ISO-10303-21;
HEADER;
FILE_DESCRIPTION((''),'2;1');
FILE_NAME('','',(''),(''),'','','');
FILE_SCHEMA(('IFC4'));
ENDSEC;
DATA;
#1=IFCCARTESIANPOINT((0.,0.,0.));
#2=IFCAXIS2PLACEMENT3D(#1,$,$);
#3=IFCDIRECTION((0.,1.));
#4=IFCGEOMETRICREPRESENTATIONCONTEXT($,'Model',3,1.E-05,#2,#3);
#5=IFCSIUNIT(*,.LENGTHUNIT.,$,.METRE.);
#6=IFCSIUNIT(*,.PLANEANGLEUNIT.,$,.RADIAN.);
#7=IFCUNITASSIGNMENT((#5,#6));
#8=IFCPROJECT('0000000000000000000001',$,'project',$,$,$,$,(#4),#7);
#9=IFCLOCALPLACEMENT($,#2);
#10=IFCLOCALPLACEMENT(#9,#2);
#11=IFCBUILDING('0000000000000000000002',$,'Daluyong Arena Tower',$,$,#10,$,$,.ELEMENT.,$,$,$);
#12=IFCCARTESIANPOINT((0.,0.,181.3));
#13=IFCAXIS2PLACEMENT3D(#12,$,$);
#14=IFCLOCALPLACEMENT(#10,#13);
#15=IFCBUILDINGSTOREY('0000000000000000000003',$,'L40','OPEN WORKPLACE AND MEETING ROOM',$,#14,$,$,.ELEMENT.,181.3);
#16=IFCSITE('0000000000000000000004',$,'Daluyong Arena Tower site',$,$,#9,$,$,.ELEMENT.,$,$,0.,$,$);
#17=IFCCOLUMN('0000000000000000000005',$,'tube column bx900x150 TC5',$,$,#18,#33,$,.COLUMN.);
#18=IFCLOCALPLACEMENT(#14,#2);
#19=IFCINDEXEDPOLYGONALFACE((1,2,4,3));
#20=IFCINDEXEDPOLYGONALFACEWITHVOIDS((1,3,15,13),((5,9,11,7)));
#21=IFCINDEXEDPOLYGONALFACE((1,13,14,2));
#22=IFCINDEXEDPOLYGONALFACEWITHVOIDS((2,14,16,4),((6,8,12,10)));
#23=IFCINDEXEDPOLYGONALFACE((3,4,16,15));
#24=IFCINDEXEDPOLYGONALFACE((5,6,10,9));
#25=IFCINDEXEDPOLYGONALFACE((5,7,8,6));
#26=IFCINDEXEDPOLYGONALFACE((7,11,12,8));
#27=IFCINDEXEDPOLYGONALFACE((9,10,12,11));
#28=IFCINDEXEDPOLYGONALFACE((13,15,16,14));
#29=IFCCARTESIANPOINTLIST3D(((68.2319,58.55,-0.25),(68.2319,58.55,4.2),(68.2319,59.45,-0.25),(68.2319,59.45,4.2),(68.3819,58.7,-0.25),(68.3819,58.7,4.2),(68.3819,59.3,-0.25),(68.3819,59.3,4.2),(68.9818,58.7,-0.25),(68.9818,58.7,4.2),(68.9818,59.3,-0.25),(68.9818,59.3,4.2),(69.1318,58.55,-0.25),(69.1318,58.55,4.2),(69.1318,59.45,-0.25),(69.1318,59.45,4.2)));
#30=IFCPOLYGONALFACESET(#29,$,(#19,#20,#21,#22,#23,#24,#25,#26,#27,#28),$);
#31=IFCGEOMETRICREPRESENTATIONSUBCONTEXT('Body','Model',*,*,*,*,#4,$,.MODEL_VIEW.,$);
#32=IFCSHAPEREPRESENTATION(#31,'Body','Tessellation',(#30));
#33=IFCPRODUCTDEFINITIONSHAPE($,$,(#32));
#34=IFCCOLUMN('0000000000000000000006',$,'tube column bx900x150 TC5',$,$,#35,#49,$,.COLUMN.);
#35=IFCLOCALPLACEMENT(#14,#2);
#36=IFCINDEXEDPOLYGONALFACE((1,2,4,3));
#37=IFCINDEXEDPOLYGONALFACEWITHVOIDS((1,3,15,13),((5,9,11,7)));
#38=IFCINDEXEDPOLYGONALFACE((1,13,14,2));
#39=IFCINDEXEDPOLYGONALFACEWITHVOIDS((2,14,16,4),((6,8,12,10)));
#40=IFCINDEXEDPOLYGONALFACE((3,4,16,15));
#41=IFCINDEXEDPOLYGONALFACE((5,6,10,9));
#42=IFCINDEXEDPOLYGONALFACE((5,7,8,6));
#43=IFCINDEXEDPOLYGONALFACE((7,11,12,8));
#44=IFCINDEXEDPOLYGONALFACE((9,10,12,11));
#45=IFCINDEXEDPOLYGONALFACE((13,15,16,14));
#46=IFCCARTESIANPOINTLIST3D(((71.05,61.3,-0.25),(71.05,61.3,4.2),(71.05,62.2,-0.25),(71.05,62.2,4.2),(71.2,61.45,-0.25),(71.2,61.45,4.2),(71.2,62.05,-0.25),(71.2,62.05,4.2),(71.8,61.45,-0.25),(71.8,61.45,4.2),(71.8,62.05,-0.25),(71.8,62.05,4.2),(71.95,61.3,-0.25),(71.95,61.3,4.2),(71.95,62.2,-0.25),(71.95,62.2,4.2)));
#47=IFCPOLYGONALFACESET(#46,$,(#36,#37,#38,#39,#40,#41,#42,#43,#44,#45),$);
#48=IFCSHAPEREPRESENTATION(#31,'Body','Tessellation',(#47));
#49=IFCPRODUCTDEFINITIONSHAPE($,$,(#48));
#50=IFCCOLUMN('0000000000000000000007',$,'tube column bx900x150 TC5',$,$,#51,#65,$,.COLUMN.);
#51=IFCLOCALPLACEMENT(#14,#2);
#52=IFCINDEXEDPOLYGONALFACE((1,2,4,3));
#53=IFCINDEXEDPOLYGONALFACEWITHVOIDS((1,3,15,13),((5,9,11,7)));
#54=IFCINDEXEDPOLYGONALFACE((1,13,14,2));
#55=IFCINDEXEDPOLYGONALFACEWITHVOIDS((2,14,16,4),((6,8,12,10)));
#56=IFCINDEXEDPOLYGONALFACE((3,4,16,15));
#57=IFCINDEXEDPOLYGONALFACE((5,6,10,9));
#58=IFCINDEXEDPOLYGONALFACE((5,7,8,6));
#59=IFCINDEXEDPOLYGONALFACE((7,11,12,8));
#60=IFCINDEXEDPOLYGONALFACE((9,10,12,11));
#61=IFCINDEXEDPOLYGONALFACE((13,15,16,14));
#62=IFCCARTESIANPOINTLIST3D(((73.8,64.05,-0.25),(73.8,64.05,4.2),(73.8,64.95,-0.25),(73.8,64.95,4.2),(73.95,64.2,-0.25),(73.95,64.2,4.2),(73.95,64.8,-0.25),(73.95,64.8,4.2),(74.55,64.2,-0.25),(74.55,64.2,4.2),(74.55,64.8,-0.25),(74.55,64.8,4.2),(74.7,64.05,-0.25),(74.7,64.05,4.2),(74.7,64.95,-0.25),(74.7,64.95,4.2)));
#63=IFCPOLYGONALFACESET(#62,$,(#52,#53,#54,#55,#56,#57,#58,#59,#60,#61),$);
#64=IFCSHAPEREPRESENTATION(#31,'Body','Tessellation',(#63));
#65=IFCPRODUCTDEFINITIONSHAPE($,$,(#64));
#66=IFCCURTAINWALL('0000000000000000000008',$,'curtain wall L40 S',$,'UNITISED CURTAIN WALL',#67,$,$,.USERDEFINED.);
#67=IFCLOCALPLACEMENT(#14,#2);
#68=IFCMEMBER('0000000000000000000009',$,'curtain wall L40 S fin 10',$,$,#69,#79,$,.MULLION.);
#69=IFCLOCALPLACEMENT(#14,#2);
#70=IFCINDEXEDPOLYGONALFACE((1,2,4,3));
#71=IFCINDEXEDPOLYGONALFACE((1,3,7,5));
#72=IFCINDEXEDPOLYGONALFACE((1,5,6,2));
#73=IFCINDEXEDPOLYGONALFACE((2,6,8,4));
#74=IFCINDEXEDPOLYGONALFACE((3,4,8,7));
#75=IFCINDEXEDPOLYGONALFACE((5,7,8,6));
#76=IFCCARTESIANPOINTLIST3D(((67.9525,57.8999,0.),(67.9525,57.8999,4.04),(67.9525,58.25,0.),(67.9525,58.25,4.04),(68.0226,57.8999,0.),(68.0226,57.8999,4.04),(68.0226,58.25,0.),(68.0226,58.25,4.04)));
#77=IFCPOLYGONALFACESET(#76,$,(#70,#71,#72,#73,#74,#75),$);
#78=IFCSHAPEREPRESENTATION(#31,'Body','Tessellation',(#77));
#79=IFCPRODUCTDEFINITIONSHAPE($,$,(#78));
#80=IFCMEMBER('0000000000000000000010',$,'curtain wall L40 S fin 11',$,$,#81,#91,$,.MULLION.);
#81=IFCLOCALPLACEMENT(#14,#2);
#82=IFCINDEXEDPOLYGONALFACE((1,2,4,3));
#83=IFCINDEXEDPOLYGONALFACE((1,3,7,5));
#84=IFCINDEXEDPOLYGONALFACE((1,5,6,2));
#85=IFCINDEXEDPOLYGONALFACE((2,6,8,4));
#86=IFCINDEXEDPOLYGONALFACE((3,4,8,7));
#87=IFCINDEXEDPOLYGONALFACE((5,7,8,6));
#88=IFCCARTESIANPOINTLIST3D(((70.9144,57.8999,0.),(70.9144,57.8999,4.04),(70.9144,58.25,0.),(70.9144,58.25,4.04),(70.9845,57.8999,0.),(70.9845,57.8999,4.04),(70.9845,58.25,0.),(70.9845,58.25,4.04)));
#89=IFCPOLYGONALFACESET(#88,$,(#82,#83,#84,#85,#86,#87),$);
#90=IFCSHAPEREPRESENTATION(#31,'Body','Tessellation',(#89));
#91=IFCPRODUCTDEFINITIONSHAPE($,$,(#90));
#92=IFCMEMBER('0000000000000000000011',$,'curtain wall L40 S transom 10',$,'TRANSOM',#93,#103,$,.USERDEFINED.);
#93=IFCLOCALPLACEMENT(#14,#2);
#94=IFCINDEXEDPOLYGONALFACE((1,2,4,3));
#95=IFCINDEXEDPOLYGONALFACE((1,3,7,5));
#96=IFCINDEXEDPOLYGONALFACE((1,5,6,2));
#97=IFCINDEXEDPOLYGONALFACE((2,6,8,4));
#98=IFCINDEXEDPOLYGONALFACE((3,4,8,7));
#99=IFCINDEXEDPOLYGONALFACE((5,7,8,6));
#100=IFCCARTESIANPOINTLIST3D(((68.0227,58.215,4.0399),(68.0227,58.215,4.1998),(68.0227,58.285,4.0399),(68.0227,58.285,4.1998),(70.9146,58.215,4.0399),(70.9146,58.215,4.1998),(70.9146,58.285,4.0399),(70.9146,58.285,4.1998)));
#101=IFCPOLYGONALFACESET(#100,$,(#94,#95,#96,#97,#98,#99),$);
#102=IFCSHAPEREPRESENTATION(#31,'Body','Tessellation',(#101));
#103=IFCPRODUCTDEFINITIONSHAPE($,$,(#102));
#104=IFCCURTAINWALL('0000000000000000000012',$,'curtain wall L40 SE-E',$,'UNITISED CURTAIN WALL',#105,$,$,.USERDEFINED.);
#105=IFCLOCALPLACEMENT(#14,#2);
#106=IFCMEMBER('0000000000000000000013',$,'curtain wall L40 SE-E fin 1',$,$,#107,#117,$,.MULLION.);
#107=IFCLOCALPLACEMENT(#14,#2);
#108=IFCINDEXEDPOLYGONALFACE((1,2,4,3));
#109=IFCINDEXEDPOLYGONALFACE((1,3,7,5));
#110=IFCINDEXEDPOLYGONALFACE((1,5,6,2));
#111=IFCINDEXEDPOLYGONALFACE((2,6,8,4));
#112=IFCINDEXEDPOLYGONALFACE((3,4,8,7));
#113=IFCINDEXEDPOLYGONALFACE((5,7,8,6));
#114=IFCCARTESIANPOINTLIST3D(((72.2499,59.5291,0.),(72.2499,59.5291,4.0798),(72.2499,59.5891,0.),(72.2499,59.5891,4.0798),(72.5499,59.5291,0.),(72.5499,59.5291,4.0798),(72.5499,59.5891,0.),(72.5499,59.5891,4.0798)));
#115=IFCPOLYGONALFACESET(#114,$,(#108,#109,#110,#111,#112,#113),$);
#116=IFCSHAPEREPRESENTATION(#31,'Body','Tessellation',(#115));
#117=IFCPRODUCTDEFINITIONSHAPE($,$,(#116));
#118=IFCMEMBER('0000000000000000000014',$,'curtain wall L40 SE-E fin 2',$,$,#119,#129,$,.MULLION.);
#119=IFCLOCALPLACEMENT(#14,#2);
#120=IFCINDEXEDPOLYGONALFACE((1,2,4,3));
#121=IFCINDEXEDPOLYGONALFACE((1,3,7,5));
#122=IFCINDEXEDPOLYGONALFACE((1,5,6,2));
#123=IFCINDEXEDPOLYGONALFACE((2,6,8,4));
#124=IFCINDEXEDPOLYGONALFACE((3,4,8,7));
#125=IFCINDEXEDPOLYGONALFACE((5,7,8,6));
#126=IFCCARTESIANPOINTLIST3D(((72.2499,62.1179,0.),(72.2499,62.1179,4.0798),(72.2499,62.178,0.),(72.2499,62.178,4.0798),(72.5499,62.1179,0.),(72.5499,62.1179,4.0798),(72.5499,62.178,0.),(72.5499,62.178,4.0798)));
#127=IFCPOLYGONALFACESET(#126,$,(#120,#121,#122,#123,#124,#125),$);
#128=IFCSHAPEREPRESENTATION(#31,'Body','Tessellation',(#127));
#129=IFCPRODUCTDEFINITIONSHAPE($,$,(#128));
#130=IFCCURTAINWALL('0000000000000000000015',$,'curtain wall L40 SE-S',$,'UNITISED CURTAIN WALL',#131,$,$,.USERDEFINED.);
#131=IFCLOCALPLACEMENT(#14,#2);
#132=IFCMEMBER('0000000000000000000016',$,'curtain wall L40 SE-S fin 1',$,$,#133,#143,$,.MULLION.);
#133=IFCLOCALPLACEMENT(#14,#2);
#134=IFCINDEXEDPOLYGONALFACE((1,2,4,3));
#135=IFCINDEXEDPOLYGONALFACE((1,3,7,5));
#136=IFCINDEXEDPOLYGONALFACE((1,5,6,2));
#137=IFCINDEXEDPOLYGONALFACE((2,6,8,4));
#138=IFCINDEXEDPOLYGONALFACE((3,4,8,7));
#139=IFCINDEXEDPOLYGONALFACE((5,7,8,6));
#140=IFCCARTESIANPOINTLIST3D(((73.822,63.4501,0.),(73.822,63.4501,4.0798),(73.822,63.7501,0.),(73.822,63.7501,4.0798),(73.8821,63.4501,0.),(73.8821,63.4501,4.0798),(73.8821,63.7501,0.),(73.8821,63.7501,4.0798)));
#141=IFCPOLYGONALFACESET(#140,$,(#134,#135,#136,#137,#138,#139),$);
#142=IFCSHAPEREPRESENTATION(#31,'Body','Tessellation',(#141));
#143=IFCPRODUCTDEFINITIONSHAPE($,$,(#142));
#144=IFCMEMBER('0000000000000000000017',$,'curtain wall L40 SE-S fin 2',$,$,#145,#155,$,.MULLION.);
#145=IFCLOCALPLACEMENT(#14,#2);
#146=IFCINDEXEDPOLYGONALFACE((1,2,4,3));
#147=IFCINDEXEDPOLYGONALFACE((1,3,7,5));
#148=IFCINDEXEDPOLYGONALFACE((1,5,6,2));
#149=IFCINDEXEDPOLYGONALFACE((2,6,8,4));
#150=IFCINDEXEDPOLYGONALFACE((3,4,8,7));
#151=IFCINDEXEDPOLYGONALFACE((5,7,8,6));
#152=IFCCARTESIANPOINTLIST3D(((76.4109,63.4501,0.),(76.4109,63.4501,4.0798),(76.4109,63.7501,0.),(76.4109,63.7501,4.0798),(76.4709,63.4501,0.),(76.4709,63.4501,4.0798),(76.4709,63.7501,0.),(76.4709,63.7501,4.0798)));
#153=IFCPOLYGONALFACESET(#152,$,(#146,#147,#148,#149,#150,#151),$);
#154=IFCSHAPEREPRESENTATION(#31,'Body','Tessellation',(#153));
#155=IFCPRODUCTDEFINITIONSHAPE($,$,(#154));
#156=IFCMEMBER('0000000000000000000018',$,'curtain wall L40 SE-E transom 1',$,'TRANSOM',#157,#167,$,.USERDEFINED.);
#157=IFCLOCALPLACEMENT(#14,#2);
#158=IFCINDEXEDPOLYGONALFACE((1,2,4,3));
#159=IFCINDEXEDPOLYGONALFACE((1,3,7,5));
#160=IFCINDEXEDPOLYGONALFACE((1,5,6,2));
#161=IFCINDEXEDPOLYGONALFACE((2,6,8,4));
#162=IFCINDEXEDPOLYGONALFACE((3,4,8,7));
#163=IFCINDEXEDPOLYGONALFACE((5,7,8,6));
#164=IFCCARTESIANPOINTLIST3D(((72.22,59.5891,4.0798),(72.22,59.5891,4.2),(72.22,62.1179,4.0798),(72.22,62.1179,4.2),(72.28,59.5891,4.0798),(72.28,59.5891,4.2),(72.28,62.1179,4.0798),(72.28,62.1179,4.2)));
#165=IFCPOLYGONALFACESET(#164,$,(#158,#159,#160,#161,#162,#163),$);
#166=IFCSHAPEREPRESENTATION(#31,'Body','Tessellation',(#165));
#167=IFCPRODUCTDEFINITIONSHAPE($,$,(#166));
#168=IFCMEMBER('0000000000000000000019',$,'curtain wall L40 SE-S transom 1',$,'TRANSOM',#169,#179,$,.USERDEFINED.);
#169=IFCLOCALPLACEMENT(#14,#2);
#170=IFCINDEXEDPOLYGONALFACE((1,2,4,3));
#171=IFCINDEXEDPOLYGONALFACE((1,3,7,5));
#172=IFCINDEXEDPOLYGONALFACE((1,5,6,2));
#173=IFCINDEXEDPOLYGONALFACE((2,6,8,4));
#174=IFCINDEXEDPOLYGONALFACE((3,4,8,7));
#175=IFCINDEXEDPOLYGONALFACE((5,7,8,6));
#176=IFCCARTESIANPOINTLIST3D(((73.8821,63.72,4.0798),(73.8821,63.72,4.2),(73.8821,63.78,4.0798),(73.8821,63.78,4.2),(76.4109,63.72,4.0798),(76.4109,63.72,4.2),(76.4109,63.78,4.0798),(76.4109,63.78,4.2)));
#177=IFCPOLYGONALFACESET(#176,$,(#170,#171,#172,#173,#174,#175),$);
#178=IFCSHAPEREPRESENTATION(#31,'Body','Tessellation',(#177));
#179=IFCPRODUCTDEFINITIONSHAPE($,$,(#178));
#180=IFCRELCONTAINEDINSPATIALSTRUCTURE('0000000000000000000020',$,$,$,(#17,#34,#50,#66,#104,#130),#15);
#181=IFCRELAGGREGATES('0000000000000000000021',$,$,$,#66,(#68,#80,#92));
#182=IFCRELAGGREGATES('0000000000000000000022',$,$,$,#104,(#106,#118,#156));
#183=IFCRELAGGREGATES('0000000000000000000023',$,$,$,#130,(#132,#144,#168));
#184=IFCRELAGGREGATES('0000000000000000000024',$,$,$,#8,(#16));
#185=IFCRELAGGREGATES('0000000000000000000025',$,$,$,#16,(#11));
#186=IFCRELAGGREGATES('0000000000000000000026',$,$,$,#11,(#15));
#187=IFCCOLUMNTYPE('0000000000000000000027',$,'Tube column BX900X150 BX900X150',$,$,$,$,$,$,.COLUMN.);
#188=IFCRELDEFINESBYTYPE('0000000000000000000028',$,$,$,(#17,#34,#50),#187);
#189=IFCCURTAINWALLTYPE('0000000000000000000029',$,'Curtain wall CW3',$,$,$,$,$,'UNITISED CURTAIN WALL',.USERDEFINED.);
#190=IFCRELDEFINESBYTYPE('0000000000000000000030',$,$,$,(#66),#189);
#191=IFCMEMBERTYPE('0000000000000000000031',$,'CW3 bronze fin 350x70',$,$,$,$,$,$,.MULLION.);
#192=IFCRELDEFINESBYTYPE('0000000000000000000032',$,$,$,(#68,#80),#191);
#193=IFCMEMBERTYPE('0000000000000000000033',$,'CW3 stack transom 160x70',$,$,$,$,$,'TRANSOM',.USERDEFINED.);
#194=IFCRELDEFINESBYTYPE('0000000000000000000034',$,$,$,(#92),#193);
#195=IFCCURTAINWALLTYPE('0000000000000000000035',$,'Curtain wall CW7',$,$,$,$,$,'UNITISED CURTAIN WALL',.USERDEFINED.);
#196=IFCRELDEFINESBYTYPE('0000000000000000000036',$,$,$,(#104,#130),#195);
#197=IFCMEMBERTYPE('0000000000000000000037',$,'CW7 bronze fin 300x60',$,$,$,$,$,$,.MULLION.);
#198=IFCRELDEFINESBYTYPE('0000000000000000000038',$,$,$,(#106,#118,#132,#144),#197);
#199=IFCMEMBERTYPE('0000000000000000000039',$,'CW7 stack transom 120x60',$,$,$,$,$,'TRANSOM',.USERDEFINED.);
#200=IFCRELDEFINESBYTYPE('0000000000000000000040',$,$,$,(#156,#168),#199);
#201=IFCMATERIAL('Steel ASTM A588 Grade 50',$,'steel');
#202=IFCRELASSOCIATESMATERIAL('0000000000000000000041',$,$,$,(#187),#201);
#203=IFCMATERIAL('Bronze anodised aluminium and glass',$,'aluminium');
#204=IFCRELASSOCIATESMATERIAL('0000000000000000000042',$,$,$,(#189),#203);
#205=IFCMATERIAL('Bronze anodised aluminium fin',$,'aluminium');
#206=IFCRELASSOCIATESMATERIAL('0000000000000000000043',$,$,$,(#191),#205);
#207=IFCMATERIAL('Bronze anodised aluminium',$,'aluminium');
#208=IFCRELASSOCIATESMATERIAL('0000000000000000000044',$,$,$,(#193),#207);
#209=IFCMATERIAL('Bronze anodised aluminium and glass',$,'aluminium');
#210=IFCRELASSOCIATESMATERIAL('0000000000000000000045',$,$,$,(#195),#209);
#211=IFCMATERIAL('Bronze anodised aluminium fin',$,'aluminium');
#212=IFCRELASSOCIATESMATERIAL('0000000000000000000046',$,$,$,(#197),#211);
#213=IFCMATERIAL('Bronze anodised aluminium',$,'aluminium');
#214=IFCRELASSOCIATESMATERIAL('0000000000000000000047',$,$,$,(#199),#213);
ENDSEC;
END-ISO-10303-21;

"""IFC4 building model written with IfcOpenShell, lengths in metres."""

from ifc_helpers import new_model, si_unit, direction, frame, origin, origin_2d, place, context, subcontext, project, spatial, rectangle, hollow_rectangle, extrude, material, material_profile, profile_set, type_object, element, aggregate, save


model = new_model("IFC4")

# Units and contexts
model_context = context("Model", 3, precision=1e-05, world=origin(), true_north=direction((0.0, 1.0)))
body_context = subcontext(model_context, "Body", "Model", "MODEL_VIEW")
ifc_project = project(units=[si_unit("LENGTHUNIT", "METRE"), si_unit("PLANEANGLEUNIT", "RADIAN")], contexts=[model_context])

# Site, building, storey
site_placement = place(None, origin())
site = spatial("IfcSite", under=ifc_project, at=site_placement, Name="Daluyong Arena Tower site", CompositionType="ELEMENT", RefElevation=0.0)
building_placement = place(site_placement, origin())
building = spatial("IfcBuilding", under=site, at=building_placement, Name="Daluyong Arena Tower", CompositionType="ELEMENT")
storey_placement = place(building_placement, frame((0.0, 0.0, 181.3)))
storey = spatial("IfcBuildingStorey", under=building, at=storey_placement, Name="L40", Description="OPEN WORKPLACE AND MEETING ROOM", CompositionType="ELEMENT", Elevation=181.3)

# Columns
ifc_material_1 = material(Name="Steel ASTM A588 Grade 50", Category="steel")
ifc_material_profile_1 = material_profile(ifc_material_1, hollow_rectangle(XDim=0.8999, YDim=0.8999, WallThickness=0.15, at=origin_2d()))
ifc_profile_set_1 = profile_set([ifc_material_profile_1], Name="Steel ASTM A588 Grade 50")
column_type_1 = type_object("IfcColumnType", Name="Tube column BX900X150 BX900X150", PredefinedType="COLUMN", material=ifc_profile_set_1)
for number, where, z_axis, x_axis, name in (
    (1, (68.6819, 59.0, -0.25), (0.0, 0.0, 1.0), (1.0, 0.0, 0.0), "tube column bx900x150 TC5"),
    (2, (71.5, 61.75, -0.25), (0.0, 0.0, 1.0), (0.0, 1.0, 0.0), "tube column bx900x150 TC5"),
    (3, (74.25, 64.5, -0.25), (0.0, 0.0, 1.0), (1.0, 0.0, 0.0), "tube column bx900x150 TC5"),
):
    element("IfcColumn", number, at=place(storey_placement, frame(where, z_axis=z_axis, x_axis=x_axis)), inside=storey, type_object=column_type_1, Name=name, PredefinedType="COLUMN", context=body_context, shape_type="SweptSolid", body=[
        extrude(hollow_rectangle(XDim=0.8999, YDim=0.8999, WallThickness=0.15, at=origin_2d()), origin(), (0.0, 0.0, 1.0), 4.45),
    ])

# Curtain walls, members
ifc_material_2 = material(Name="Bronze anodised aluminium and glass", Category="aluminium")
curtain_wall_type_1 = type_object("IfcCurtainWallType", Name="Curtain wall CW3", ElementType="UNITISED CURTAIN WALL", PredefinedType="USERDEFINED", material=ifc_material_2)
curtain_wall_1_placement = place(storey_placement, origin())
curtain_wall_1 = element("IfcCurtainWall", 4, at=curtain_wall_1_placement, inside=storey, type_object=curtain_wall_type_1, Name="curtain wall L40 S", ObjectType="UNITISED CURTAIN WALL", PredefinedType="USERDEFINED")
ifc_material_3 = material(Name="Bronze anodised aluminium fin", Category="aluminium")
ifc_material_profile_2 = material_profile(ifc_material_3, rectangle(XDim=0.3501, YDim=0.0701, at=origin_2d()))
ifc_profile_set_2 = profile_set([ifc_material_profile_2], Name="Bronze anodised aluminium fin")
member_type_1 = type_object("IfcMemberType", Name="CW3 bronze fin 350x70", PredefinedType="MULLION", material=ifc_profile_set_2)
member_1_placement = place(storey_placement, frame((67.9875, 58.075, 0.0), z_axis=(0.0, 0.0, 1.0), x_axis=(0.0, 1.0, 0.0)))
member_1 = element("IfcMember", 5, at=member_1_placement, type_object=member_type_1, Name="curtain wall L40 S fin 10", PredefinedType="MULLION", context=body_context, shape_type="SweptSolid", body=[
    extrude(rectangle(XDim=0.3501, YDim=0.0701, at=origin_2d()), origin(), (0.0, 0.0, 1.0), 4.04),
])
member_2_placement = place(storey_placement, frame((70.9495, 58.075, 0.0), z_axis=(0.0, 0.0, 1.0), x_axis=(0.0, 1.0, 0.0)))
member_2 = element("IfcMember", 6, at=member_2_placement, type_object=member_type_1, Name="curtain wall L40 S fin 11", PredefinedType="MULLION", context=body_context, shape_type="SweptSolid", body=[
    extrude(rectangle(XDim=0.3501, YDim=0.0701, at=origin_2d()), origin(), (0.0, 0.0, 1.0), 4.04),
])
ifc_material_4 = material(Name="Bronze anodised aluminium", Category="aluminium")
ifc_material_profile_3 = material_profile(ifc_material_4, rectangle(XDim=0.0701, YDim=0.1599, at=origin_2d()))
ifc_profile_set_3 = profile_set([ifc_material_profile_3], Name="Bronze anodised aluminium")
member_type_2 = type_object("IfcMemberType", Name="CW3 stack transom 160x70", ElementType="TRANSOM", PredefinedType="USERDEFINED", material=ifc_profile_set_3)
member_3_placement = place(storey_placement, frame((68.0227, 58.25, 4.1199), z_axis=(1.0, 0.0, 0.0), x_axis=(0.0, 1.0, 0.0)))
member_3 = element("IfcMember", 7, at=member_3_placement, type_object=member_type_2, Name="curtain wall L40 S transom 10", ObjectType="TRANSOM", PredefinedType="USERDEFINED", context=body_context, shape_type="SweptSolid", body=[
    extrude(rectangle(XDim=0.0701, YDim=0.1599, at=origin_2d()), origin(), (0.0, 0.0, 1.0), 2.8918),
])
ifc_material_5 = material(Name="Bronze anodised aluminium and glass", Category="aluminium")
curtain_wall_type_2 = type_object("IfcCurtainWallType", Name="Curtain wall CW7", ElementType="UNITISED CURTAIN WALL", PredefinedType="USERDEFINED", material=ifc_material_5)
curtain_wall_2_placement = place(storey_placement, origin())
curtain_wall_2 = element("IfcCurtainWall", 8, at=curtain_wall_2_placement, inside=storey, type_object=curtain_wall_type_2, Name="curtain wall L40 SE-E", ObjectType="UNITISED CURTAIN WALL", PredefinedType="USERDEFINED")
ifc_material_6 = material(Name="Bronze anodised aluminium fin", Category="aluminium")
ifc_material_profile_4 = material_profile(ifc_material_6, rectangle(XDim=0.3, YDim=0.0601, at=origin_2d()))
ifc_profile_set_4 = profile_set([ifc_material_profile_4], Name="Bronze anodised aluminium fin")
member_type_3 = type_object("IfcMemberType", Name="CW7 bronze fin 300x60", PredefinedType="MULLION", material=ifc_profile_set_4)
member_4_placement = place(storey_placement, frame((72.3999, 59.5591, 0.0), z_axis=(0.0, 0.0, 1.0), x_axis=(-1.0, 0.0, 0.0)))
member_4 = element("IfcMember", 9, at=member_4_placement, type_object=member_type_3, Name="curtain wall L40 SE-E fin 1", PredefinedType="MULLION", context=body_context, shape_type="SweptSolid", body=[
    extrude(rectangle(XDim=0.3, YDim=0.0601, at=origin_2d()), origin(), (0.0, 0.0, 1.0), 4.0798),
])
member_5_placement = place(storey_placement, frame((72.3999, 62.1479, 0.0), z_axis=(0.0, 0.0, 1.0), x_axis=(-1.0, 0.0, 0.0)))
member_5 = element("IfcMember", 10, at=member_5_placement, type_object=member_type_3, Name="curtain wall L40 SE-E fin 2", PredefinedType="MULLION", context=body_context, shape_type="SweptSolid", body=[
    extrude(rectangle(XDim=0.3, YDim=0.0601, at=origin_2d()), origin(), (0.0, 0.0, 1.0), 4.0798),
])
curtain_wall_3_placement = place(storey_placement, origin())
curtain_wall_3 = element("IfcCurtainWall", 11, at=curtain_wall_3_placement, inside=storey, type_object=curtain_wall_type_2, Name="curtain wall L40 SE-S", ObjectType="UNITISED CURTAIN WALL", PredefinedType="USERDEFINED")
member_6_placement = place(storey_placement, frame((73.8521, 63.6001, 0.0), z_axis=(0.0, 0.0, 1.0), x_axis=(0.0, 1.0, 0.0)))
member_6 = element("IfcMember", 12, at=member_6_placement, type_object=member_type_3, Name="curtain wall L40 SE-S fin 1", PredefinedType="MULLION", context=body_context, shape_type="SweptSolid", body=[
    extrude(rectangle(XDim=0.3, YDim=0.0601, at=origin_2d()), origin(), (0.0, 0.0, 1.0), 4.0798),
])
member_7_placement = place(storey_placement, frame((76.4409, 63.6001, 0.0), z_axis=(0.0, 0.0, 1.0), x_axis=(0.0, 1.0, 0.0)))
member_7 = element("IfcMember", 13, at=member_7_placement, type_object=member_type_3, Name="curtain wall L40 SE-S fin 2", PredefinedType="MULLION", context=body_context, shape_type="SweptSolid", body=[
    extrude(rectangle(XDim=0.3, YDim=0.0601, at=origin_2d()), origin(), (0.0, 0.0, 1.0), 4.0798),
])

# Members
ifc_material_7 = material(Name="Bronze anodised aluminium", Category="aluminium")
ifc_material_profile_5 = material_profile(ifc_material_7, rectangle(XDim=0.0601, YDim=0.1201, at=origin_2d()))
ifc_profile_set_5 = profile_set([ifc_material_profile_5], Name="Bronze anodised aluminium")
member_type_4 = type_object("IfcMemberType", Name="CW7 stack transom 120x60", ElementType="TRANSOM", PredefinedType="USERDEFINED", material=ifc_profile_set_5)
member_8_placement = place(storey_placement, frame((72.25, 59.5891, 4.1399), z_axis=(0.0, 1.0, 0.0), x_axis=(-1.0, 0.0, 0.0)))
member_8 = element("IfcMember", 14, at=member_8_placement, type_object=member_type_4, Name="curtain wall L40 SE-E transom 1", ObjectType="TRANSOM", PredefinedType="USERDEFINED", context=body_context, shape_type="SweptSolid", body=[
    extrude(rectangle(XDim=0.0601, YDim=0.1201, at=origin_2d()), origin(), (0.0, 0.0, 1.0), 2.5288),
])
member_9_placement = place(storey_placement, frame((73.8821, 63.75, 4.1399), z_axis=(1.0, 0.0, 0.0), x_axis=(0.0, 1.0, 0.0)))
member_9 = element("IfcMember", 15, at=member_9_placement, type_object=member_type_4, Name="curtain wall L40 SE-S transom 1", ObjectType="TRANSOM", PredefinedType="USERDEFINED", context=body_context, shape_type="SweptSolid", body=[
    extrude(rectangle(XDim=0.0601, YDim=0.1201, at=origin_2d()), origin(), (0.0, 0.0, 1.0), 2.5288),
])

aggregate(curtain_wall_1, [member_1, member_2, member_3])
aggregate(curtain_wall_2, [member_4, member_5, member_8])
aggregate(curtain_wall_3, [member_6, member_7, member_9])

save(model, "model.ifc")
